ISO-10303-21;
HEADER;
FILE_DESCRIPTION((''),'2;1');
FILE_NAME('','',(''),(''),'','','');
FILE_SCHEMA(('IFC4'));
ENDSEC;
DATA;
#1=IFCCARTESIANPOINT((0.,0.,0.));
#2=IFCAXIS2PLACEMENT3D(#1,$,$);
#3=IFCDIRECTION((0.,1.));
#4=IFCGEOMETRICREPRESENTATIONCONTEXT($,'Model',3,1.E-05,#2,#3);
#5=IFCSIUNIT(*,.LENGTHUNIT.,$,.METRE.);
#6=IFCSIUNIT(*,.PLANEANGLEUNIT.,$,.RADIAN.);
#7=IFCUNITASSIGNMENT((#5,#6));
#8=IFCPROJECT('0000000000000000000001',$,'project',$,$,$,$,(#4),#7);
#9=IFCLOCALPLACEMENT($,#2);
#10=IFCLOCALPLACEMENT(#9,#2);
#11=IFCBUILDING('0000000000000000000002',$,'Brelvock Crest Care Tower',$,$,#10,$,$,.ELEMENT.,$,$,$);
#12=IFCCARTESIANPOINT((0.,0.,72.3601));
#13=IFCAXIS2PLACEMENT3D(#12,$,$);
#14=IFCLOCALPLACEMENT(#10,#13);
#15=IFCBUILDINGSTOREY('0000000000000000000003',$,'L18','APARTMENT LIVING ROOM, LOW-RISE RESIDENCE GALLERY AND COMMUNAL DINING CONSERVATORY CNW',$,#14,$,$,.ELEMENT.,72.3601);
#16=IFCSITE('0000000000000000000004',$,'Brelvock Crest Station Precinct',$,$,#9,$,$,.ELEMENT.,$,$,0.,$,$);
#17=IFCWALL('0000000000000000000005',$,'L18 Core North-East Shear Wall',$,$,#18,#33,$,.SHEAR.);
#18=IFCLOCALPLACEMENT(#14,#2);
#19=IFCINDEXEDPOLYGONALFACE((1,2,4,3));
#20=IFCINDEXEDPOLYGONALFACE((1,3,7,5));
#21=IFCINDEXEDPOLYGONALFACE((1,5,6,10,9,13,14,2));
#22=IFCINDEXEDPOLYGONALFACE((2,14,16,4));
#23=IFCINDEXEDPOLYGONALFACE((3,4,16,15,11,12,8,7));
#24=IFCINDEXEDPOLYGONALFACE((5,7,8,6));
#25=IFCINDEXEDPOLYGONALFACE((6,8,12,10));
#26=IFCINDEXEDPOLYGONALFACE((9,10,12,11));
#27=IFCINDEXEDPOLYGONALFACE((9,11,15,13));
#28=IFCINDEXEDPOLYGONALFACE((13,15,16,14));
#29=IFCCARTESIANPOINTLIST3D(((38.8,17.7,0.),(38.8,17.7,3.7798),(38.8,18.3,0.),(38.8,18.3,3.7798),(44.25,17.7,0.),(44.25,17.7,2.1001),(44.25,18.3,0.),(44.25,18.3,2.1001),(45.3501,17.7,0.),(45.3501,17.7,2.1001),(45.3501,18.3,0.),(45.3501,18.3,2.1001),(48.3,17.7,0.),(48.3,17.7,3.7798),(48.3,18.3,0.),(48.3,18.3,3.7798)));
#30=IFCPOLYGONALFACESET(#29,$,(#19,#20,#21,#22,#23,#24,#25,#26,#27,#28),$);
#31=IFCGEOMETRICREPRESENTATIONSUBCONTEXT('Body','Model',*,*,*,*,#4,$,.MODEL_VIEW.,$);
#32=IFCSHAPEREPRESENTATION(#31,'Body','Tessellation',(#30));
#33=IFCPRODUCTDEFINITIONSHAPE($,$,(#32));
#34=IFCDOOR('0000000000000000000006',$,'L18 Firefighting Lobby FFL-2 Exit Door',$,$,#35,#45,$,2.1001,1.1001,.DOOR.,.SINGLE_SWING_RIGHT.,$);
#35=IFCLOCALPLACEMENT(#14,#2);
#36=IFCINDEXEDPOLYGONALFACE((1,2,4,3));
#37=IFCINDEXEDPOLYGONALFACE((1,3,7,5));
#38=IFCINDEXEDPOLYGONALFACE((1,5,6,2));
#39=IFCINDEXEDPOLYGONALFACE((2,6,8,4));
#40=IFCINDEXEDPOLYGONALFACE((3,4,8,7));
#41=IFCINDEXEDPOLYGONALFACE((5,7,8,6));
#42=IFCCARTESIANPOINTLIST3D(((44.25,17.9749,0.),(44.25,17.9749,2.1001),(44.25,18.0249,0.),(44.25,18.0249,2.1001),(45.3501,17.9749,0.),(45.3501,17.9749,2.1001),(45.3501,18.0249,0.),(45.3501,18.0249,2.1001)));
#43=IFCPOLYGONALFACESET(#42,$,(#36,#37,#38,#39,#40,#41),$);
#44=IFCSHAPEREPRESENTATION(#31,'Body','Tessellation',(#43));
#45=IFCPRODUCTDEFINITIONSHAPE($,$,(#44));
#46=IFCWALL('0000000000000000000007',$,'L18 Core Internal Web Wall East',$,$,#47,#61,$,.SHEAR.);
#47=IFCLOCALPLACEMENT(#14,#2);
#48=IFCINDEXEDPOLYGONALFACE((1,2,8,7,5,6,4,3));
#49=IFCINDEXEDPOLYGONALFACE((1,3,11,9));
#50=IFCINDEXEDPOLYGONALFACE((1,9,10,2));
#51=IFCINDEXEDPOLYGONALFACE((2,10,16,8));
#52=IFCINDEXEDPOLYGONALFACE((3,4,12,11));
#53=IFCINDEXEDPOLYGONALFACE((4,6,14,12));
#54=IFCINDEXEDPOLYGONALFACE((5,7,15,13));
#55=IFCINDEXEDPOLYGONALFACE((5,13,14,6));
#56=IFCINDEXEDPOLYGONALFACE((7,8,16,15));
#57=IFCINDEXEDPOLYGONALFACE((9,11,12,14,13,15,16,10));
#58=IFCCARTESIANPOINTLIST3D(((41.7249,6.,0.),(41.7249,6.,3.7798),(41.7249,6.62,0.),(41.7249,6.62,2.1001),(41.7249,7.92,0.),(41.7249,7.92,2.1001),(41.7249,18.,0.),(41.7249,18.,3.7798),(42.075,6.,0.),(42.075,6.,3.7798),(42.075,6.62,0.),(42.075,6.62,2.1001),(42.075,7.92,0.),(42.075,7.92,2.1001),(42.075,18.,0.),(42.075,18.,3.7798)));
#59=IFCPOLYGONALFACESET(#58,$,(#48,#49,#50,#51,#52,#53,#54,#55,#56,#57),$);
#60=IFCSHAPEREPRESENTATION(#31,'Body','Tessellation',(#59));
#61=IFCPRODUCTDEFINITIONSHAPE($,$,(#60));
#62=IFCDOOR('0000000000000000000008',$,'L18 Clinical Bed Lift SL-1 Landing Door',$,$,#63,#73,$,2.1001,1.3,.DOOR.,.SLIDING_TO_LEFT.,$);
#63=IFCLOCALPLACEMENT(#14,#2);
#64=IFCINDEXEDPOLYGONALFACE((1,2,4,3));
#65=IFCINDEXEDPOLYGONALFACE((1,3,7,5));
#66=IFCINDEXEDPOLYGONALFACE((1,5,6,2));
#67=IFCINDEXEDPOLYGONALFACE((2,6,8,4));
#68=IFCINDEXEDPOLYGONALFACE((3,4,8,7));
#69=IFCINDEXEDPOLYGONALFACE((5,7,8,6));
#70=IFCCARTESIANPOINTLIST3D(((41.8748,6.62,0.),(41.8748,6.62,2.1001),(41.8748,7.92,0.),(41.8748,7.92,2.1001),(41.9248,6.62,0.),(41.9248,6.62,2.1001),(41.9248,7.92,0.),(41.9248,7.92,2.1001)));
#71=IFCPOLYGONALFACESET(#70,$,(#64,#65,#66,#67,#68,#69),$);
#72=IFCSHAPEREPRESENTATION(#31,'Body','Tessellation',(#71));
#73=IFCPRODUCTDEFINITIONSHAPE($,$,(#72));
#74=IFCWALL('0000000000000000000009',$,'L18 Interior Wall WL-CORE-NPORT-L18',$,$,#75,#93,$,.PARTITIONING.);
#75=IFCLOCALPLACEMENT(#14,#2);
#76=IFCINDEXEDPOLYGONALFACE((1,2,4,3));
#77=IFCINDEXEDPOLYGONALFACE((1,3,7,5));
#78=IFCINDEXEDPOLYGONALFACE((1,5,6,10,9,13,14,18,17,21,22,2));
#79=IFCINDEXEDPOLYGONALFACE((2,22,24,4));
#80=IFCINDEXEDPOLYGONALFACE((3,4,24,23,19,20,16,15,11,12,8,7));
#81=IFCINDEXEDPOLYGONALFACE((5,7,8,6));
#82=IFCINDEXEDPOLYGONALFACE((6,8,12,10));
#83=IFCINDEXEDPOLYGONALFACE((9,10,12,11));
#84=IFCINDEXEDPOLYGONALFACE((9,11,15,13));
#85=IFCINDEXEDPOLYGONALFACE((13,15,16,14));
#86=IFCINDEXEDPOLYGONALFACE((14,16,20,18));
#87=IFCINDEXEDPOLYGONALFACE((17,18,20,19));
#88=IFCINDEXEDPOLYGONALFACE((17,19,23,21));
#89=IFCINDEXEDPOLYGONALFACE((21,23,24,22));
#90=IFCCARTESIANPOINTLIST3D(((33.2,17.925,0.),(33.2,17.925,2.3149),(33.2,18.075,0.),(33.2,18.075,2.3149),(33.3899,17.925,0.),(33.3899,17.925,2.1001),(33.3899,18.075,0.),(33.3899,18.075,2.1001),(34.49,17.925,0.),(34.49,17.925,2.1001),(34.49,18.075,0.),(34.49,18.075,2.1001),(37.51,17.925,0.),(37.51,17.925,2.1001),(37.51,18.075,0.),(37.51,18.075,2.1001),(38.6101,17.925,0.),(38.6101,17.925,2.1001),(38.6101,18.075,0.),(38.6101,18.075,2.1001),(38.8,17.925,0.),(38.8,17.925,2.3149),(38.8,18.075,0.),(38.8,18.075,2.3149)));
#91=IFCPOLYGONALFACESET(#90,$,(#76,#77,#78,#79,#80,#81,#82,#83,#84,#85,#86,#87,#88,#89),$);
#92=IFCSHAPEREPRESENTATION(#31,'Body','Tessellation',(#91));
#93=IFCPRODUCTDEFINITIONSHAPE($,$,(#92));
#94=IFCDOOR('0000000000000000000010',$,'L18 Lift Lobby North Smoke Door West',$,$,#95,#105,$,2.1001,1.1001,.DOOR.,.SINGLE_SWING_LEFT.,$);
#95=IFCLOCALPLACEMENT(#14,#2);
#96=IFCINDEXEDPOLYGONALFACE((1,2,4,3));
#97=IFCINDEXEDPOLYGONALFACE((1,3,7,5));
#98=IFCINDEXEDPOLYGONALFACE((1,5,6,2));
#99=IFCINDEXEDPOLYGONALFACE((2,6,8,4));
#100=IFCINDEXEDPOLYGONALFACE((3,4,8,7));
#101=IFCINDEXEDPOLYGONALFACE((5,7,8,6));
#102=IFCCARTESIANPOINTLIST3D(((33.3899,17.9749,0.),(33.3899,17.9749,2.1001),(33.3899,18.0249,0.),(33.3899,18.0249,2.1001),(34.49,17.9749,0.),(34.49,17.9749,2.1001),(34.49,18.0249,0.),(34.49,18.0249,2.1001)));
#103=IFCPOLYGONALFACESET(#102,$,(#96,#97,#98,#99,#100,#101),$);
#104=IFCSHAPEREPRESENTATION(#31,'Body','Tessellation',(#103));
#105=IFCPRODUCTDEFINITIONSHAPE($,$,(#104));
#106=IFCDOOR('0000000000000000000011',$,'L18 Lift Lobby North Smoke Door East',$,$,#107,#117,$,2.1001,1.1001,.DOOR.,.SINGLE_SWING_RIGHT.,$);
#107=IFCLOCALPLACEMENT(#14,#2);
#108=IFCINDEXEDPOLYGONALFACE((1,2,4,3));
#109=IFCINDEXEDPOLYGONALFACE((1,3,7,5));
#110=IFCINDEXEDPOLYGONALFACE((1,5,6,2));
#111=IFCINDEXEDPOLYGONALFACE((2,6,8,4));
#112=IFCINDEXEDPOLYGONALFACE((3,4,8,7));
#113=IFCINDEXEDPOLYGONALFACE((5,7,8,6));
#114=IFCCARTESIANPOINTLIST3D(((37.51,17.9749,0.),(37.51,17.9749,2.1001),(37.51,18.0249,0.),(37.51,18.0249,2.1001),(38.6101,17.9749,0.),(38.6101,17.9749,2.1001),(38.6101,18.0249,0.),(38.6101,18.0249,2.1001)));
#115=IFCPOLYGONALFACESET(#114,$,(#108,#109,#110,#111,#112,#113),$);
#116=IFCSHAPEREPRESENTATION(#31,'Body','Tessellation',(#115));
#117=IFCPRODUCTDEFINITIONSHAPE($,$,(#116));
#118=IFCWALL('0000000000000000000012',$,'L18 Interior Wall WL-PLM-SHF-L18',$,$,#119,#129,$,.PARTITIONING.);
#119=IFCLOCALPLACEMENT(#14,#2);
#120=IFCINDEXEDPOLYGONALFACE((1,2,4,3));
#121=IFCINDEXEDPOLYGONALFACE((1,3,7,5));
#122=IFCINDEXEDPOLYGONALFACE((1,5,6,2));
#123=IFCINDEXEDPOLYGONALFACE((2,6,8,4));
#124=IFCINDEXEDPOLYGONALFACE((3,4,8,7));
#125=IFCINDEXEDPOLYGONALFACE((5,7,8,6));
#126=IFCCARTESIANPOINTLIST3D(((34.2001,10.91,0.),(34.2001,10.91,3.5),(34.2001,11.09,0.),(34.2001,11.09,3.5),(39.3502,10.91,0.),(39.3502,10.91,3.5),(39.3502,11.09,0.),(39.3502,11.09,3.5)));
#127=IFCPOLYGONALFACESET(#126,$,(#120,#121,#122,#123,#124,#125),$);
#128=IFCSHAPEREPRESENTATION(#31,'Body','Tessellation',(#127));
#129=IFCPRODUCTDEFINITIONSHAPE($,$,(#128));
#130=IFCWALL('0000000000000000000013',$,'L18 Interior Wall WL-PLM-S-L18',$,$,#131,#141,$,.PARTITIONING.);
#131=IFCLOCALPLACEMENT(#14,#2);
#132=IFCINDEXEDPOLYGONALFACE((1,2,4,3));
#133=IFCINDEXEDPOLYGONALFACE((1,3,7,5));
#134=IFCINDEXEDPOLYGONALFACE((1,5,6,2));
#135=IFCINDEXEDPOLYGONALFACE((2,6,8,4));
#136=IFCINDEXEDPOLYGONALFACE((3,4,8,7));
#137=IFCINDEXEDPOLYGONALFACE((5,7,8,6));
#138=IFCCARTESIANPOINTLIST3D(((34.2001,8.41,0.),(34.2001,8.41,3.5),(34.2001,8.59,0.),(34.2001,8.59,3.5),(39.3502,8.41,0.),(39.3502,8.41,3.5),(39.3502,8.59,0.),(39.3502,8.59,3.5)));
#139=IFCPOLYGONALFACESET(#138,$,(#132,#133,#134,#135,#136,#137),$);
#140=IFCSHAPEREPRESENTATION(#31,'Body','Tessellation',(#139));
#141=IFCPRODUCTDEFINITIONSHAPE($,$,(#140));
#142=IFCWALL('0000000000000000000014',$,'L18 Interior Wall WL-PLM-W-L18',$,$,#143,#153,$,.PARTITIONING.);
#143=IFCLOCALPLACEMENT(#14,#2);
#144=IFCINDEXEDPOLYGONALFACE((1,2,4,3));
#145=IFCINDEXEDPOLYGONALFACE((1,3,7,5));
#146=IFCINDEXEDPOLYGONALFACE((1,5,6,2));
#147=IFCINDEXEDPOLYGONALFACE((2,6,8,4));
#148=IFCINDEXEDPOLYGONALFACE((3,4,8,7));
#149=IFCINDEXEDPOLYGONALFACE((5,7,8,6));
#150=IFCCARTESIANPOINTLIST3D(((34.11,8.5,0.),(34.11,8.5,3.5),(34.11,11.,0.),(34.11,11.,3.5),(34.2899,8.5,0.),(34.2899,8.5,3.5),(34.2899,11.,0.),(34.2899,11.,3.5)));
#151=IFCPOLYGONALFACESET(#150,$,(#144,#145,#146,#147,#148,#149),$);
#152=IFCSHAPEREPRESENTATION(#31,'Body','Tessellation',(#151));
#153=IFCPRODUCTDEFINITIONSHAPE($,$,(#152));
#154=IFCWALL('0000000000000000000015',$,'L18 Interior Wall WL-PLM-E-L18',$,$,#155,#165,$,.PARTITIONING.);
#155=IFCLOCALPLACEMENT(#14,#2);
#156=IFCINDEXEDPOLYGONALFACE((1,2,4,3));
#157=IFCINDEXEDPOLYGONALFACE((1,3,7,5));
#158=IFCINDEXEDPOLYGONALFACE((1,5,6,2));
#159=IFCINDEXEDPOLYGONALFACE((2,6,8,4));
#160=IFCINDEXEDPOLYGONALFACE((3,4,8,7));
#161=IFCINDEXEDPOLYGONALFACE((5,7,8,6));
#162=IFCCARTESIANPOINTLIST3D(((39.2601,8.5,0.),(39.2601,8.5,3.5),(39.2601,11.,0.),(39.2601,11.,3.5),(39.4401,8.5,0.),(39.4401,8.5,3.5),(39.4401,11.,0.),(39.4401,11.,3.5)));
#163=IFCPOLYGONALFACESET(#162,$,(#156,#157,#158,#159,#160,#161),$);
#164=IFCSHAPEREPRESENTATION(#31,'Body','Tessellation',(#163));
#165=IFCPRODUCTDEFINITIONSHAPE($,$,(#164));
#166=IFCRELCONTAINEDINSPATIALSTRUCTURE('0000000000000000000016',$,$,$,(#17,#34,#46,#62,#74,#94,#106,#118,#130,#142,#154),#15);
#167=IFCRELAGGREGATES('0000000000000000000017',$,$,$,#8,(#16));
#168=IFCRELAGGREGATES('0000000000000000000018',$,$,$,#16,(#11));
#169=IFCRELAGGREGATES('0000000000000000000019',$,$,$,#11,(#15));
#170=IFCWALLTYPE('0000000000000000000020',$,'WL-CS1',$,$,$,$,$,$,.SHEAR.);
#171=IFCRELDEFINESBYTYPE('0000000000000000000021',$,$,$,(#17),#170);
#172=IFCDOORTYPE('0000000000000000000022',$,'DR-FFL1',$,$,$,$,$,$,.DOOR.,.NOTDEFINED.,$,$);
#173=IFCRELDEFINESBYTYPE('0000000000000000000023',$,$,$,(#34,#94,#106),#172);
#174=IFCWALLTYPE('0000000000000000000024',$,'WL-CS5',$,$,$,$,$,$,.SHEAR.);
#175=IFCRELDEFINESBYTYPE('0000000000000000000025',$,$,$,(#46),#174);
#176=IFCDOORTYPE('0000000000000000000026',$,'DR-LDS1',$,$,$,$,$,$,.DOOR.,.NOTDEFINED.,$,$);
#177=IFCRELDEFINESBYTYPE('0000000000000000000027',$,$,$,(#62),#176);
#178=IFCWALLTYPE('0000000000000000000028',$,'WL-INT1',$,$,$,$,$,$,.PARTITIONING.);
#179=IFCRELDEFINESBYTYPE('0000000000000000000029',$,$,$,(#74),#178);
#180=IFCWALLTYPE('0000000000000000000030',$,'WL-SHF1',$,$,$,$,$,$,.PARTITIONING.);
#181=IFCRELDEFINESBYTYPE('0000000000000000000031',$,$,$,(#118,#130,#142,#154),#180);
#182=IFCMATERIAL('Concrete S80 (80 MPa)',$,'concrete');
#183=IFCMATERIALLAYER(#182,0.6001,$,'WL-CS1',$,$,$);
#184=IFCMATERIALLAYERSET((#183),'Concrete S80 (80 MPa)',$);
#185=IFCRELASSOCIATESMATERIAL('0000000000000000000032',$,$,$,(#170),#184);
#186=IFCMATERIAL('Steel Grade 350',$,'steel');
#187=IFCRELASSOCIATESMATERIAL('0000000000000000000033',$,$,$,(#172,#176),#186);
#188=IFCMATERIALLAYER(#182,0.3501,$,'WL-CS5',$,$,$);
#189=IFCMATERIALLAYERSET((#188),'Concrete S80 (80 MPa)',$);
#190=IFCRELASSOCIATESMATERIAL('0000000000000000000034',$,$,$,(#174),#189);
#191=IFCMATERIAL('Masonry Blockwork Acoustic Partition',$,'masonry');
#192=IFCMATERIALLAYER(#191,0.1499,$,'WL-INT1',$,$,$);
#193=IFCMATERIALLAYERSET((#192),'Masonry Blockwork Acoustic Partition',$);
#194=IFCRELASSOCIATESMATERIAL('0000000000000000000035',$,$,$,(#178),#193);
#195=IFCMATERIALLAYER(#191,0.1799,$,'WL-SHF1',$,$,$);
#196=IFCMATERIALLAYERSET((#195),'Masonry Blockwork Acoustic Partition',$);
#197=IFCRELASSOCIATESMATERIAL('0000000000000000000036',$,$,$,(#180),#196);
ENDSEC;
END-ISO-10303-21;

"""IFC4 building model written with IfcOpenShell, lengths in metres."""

from ifc_helpers import new_model, si_unit, direction, frame, frame_2d, origin, origin_2d, place, context, subcontext, project, spatial, rectangle, extrude, source, transform, mapped, material, layer, layer_set, type_object, element, fill, save


model = new_model("IFC4")

# Units and contexts
model_context = context("Model", 3, precision=1e-05, world=origin(), true_north=direction((0.0, 1.0)))
body_context = subcontext(model_context, "Body", "Model", "MODEL_VIEW")
ifc_project = project(units=[si_unit("LENGTHUNIT", "METRE"), si_unit("PLANEANGLEUNIT", "RADIAN")], contexts=[model_context])

# Site, building, storey
site_placement = place(None, origin())
site = spatial("IfcSite", under=ifc_project, at=site_placement, Name="Brelvock Crest Station Precinct", CompositionType="ELEMENT", RefElevation=0.0)
building_placement = place(site_placement, origin())
building = spatial("IfcBuilding", under=site, at=building_placement, Name="Brelvock Crest Care Tower", CompositionType="ELEMENT")
storey_placement = place(building_placement, frame((0.0, 0.0, 72.3601)))
storey = spatial("IfcBuildingStorey", under=building, at=storey_placement, Name="L18", Description="APARTMENT LIVING ROOM, LOW-RISE RESIDENCE GALLERY AND COMMUNAL DINING CONSERVATORY CNW", CompositionType="ELEMENT", Elevation=72.3601)

# Shared definitions
ifc_material_1 = material(Name="Concrete S80 (80 MPa)", Category="concrete")
ifc_material_2 = material(Name="Steel Grade 350", Category="steel")

# Walls, openings, doors
ifc_layer_1 = layer(ifc_material_1, 0.6001, Name="WL-CS1")
ifc_layer_set_1 = layer_set([ifc_layer_1], Name="Concrete S80 (80 MPa)")
wall_type_1 = type_object("IfcWallType", Name="WL-CS1", PredefinedType="SHEAR", material=ifc_layer_set_1)
wall_1_placement = place(storey_placement, frame((38.8, 18.0, 0.0), z_axis=(0.0, 0.0, 1.0), x_axis=(1.0, 0.0, 0.0)))
wall_1 = element("IfcWall", 1, at=wall_1_placement, inside=storey, type_object=wall_type_1, Name="L18 Core North-East Shear Wall", PredefinedType="SHEAR", context=body_context, shape_type="SweptSolid", body=[
    extrude(rectangle(XDim=9.5, YDim=0.6001, at=frame_2d((4.75, 0.0))), origin(), (0.0, 0.0, 1.0), 3.7798),
])
opening_1_placement = place(wall_1_placement, frame((5.45, 0.0, 0.0)))
opening_1 = element("IfcOpeningElement", 2, at=opening_1_placement, cuts=wall_1, PredefinedType="OPENING", context=body_context, shape_type="SweptSolid", body=[
    extrude(rectangle(XDim=1.1001, YDim=2.1001, at=origin_2d()), frame((0.55, 0.3101, 1.05), z_axis=(0.0, -1.0, 0.0), x_axis=(1.0, 0.0, 0.0)), (0.0, 0.0, 1.0), 0.6201),
])
door_type_1 = type_object("IfcDoorType", Name="DR-FFL1", OperationType="NOTDEFINED", PredefinedType="DOOR", material=ifc_material_2)
shared_shape_1 = source(origin(), body_context, "Body", "SweptSolid", [
    extrude(rectangle(XDim=1.1001, YDim=2.1001, at=origin_2d()), frame((0.55, 0.0249, 1.05), z_axis=(0.0, -1.0, 0.0), x_axis=(1.0, 0.0, 0.0)), (0.0, 0.0, 1.0), 0.05),
])
door_1_placement = place(opening_1_placement, origin())
door_1 = element("IfcDoor", 3, at=door_1_placement, inside=storey, type_object=door_type_1, Name="L18 Firefighting Lobby FFL-2 Exit Door", OperationType="SINGLE_SWING_RIGHT", OverallHeight=2.1001, OverallWidth=1.1001, PredefinedType="DOOR", context=body_context, shape_type="MappedRepresentation", body=[
    mapped(shared_shape_1, transform((0.0, 0.0, 0.0), x_axis=(1.0, 0.0, 0.0), y_axis=(0.0, 1.0, 0.0), z_axis=(0.0, 0.0, 1.0), scale=1.0)),
])
fill(opening_1, door_1)
ifc_layer_2 = layer(ifc_material_1, 0.3501, Name="WL-CS5")
ifc_layer_set_2 = layer_set([ifc_layer_2], Name="Concrete S80 (80 MPa)")
wall_type_2 = type_object("IfcWallType", Name="WL-CS5", PredefinedType="SHEAR", material=ifc_layer_set_2)
wall_2_placement = place(storey_placement, frame((41.8999, 18.0, 0.0), z_axis=(0.0, 0.0, 1.0), x_axis=(0.0, -1.0, 0.0)))
wall_2 = element("IfcWall", 4, at=wall_2_placement, inside=storey, type_object=wall_type_2, Name="L18 Core Internal Web Wall East", PredefinedType="SHEAR", context=body_context, shape_type="SweptSolid", body=[
    extrude(rectangle(XDim=12.0, YDim=0.3501, at=frame_2d((6.0, 0.0))), origin(), (0.0, 0.0, 1.0), 3.7798),
])
opening_2_placement = place(wall_2_placement, frame((10.0801, 0.0, 0.0)))
opening_2 = element("IfcOpeningElement", 5, at=opening_2_placement, cuts=wall_2, PredefinedType="OPENING", context=body_context, shape_type="SweptSolid", body=[
    extrude(rectangle(XDim=1.3, YDim=2.1001, at=origin_2d()), frame((0.6499, 0.1851, 1.05), z_axis=(0.0, -1.0, 0.0), x_axis=(1.0, 0.0, 0.0)), (0.0, 0.0, 1.0), 0.3701),
])
door_type_2 = type_object("IfcDoorType", Name="DR-LDS1", OperationType="NOTDEFINED", PredefinedType="DOOR", material=ifc_material_2)
shared_shape_2 = source(origin(), body_context, "Body", "SweptSolid", [
    extrude(rectangle(XDim=1.3, YDim=2.1001, at=origin_2d()), frame((0.6499, 0.0249, 1.05), z_axis=(0.0, -1.0, 0.0), x_axis=(1.0, 0.0, 0.0)), (0.0, 0.0, 1.0), 0.05),
])
door_2_placement = place(opening_2_placement, origin())
door_2 = element("IfcDoor", 6, at=door_2_placement, inside=storey, type_object=door_type_2, Name="L18 Clinical Bed Lift SL-1 Landing Door", OperationType="SLIDING_TO_LEFT", OverallHeight=2.1001, OverallWidth=1.3, PredefinedType="DOOR", context=body_context, shape_type="MappedRepresentation", body=[
    mapped(shared_shape_2, transform((0.0, 0.0, 0.0), x_axis=(1.0, 0.0, 0.0), y_axis=(0.0, 1.0, 0.0), z_axis=(0.0, 0.0, 1.0), scale=1.0)),
])
fill(opening_2, door_2)

# Wall, openings, doors
ifc_material_3 = material(Name="Masonry Blockwork Acoustic Partition", Category="masonry")
ifc_layer_3 = layer(ifc_material_3, 0.1499, Name="WL-INT1")
ifc_layer_set_3 = layer_set([ifc_layer_3], Name="Masonry Blockwork Acoustic Partition")
wall_type_3 = type_object("IfcWallType", Name="WL-INT1", PredefinedType="PARTITIONING", material=ifc_layer_set_3)
wall_3_placement = place(storey_placement, frame((33.2, 18.0, 0.0), z_axis=(0.0, 0.0, 1.0), x_axis=(1.0, 0.0, 0.0)))
wall_3 = element("IfcWall", 7, at=wall_3_placement, inside=storey, type_object=wall_type_3, Name="L18 Interior Wall WL-CORE-NPORT-L18", PredefinedType="PARTITIONING", context=body_context, shape_type="SweptSolid", body=[
    extrude(rectangle(XDim=5.6001, YDim=0.1499, at=frame_2d((2.8, 0.0))), origin(), (0.0, 0.0, 1.0), 2.3149),
])
opening_3_placement = place(wall_3_placement, frame((0.1899, 0.0, 0.0)))
opening_3 = element("IfcOpeningElement", 8, at=opening_3_placement, cuts=wall_3, PredefinedType="OPENING", context=body_context, shape_type="SweptSolid", body=[
    extrude(rectangle(XDim=1.1001, YDim=2.1001, at=origin_2d()), frame((0.55, 0.085, 1.05), z_axis=(0.0, -1.0, 0.0), x_axis=(1.0, 0.0, 0.0)), (0.0, 0.0, 1.0), 0.1699),
])
opening_4_placement = place(wall_3_placement, frame((4.3101, 0.0, 0.0)))
opening_4 = element("IfcOpeningElement", 9, at=opening_4_placement, cuts=wall_3, PredefinedType="OPENING", context=body_context, shape_type="SweptSolid", body=[
    extrude(rectangle(XDim=1.1001, YDim=2.1001, at=origin_2d()), frame((0.55, 0.085, 1.05), z_axis=(0.0, -1.0, 0.0), x_axis=(1.0, 0.0, 0.0)), (0.0, 0.0, 1.0), 0.1699),
])
door_3_placement = place(opening_3_placement, origin())
door_3 = element("IfcDoor", 10, at=door_3_placement, inside=storey, type_object=door_type_1, Name="L18 Lift Lobby North Smoke Door West", OperationType="SINGLE_SWING_LEFT", OverallHeight=2.1001, OverallWidth=1.1001, PredefinedType="DOOR", context=body_context, shape_type="MappedRepresentation", body=[
    mapped(shared_shape_1, transform((0.0, 0.0, 0.0), x_axis=(1.0, 0.0, 0.0), y_axis=(0.0, 1.0, 0.0), z_axis=(0.0, 0.0, 1.0), scale=1.0)),
])
fill(opening_3, door_3)
door_4_placement = place(opening_4_placement, origin())
door_4 = element("IfcDoor", 11, at=door_4_placement, inside=storey, type_object=door_type_1, Name="L18 Lift Lobby North Smoke Door East", OperationType="SINGLE_SWING_RIGHT", OverallHeight=2.1001, OverallWidth=1.1001, PredefinedType="DOOR", context=body_context, shape_type="MappedRepresentation", body=[
    mapped(shared_shape_1, transform((0.0, 0.0, 0.0), x_axis=(1.0, 0.0, 0.0), y_axis=(0.0, 1.0, 0.0), z_axis=(0.0, 0.0, 1.0), scale=1.0)),
])
fill(opening_4, door_4)

# Walls
ifc_layer_4 = layer(ifc_material_3, 0.1799, Name="WL-SHF1")
ifc_layer_set_4 = layer_set([ifc_layer_4], Name="Masonry Blockwork Acoustic Partition")
wall_type_4 = type_object("IfcWallType", Name="WL-SHF1", PredefinedType="PARTITIONING", material=ifc_layer_set_4)
for number, where, z_axis, x_axis, name in (
    (12, (34.2, 11.0, 0.0), (0.0, 0.0, 1.0), (1.0, 0.0, 0.0), "L18 Interior Wall WL-PLM-SHF-L18"),
    (13, (34.2, 8.5, 0.0), (0.0, 0.0, 1.0), (1.0, 0.0, 0.0), "L18 Interior Wall WL-PLM-S-L18"),
):
    element("IfcWall", number, at=place(storey_placement, frame(where, z_axis=z_axis, x_axis=x_axis)), inside=storey, type_object=wall_type_4, Name=name, PredefinedType="PARTITIONING", context=body_context, shape_type="SweptSolid", body=[
        extrude(rectangle(XDim=5.1501, YDim=0.1799, at=frame_2d((2.5752, 0.0))), origin(), (0.0, 0.0, 1.0), 3.5),
    ])
for number, where, z_axis, x_axis, name in (
    (14, (34.2, 8.5, 0.0), (0.0, 0.0, 1.0), (0.0, 1.0, 0.0), "L18 Interior Wall WL-PLM-W-L18"),
    (15, (39.3501, 8.5, 0.0), (0.0, 0.0, 1.0), (0.0, 1.0, 0.0), "L18 Interior Wall WL-PLM-E-L18"),
):
    element("IfcWall", number, at=place(storey_placement, frame(where, z_axis=z_axis, x_axis=x_axis)), inside=storey, type_object=wall_type_4, Name=name, PredefinedType="PARTITIONING", context=body_context, shape_type="SweptSolid", body=[
        extrude(rectangle(XDim=2.5, YDim=0.1799, at=frame_2d((1.25, 0.0))), origin(), (0.0, 0.0, 1.0), 3.5),
    ])

save(model, "model.ifc")
